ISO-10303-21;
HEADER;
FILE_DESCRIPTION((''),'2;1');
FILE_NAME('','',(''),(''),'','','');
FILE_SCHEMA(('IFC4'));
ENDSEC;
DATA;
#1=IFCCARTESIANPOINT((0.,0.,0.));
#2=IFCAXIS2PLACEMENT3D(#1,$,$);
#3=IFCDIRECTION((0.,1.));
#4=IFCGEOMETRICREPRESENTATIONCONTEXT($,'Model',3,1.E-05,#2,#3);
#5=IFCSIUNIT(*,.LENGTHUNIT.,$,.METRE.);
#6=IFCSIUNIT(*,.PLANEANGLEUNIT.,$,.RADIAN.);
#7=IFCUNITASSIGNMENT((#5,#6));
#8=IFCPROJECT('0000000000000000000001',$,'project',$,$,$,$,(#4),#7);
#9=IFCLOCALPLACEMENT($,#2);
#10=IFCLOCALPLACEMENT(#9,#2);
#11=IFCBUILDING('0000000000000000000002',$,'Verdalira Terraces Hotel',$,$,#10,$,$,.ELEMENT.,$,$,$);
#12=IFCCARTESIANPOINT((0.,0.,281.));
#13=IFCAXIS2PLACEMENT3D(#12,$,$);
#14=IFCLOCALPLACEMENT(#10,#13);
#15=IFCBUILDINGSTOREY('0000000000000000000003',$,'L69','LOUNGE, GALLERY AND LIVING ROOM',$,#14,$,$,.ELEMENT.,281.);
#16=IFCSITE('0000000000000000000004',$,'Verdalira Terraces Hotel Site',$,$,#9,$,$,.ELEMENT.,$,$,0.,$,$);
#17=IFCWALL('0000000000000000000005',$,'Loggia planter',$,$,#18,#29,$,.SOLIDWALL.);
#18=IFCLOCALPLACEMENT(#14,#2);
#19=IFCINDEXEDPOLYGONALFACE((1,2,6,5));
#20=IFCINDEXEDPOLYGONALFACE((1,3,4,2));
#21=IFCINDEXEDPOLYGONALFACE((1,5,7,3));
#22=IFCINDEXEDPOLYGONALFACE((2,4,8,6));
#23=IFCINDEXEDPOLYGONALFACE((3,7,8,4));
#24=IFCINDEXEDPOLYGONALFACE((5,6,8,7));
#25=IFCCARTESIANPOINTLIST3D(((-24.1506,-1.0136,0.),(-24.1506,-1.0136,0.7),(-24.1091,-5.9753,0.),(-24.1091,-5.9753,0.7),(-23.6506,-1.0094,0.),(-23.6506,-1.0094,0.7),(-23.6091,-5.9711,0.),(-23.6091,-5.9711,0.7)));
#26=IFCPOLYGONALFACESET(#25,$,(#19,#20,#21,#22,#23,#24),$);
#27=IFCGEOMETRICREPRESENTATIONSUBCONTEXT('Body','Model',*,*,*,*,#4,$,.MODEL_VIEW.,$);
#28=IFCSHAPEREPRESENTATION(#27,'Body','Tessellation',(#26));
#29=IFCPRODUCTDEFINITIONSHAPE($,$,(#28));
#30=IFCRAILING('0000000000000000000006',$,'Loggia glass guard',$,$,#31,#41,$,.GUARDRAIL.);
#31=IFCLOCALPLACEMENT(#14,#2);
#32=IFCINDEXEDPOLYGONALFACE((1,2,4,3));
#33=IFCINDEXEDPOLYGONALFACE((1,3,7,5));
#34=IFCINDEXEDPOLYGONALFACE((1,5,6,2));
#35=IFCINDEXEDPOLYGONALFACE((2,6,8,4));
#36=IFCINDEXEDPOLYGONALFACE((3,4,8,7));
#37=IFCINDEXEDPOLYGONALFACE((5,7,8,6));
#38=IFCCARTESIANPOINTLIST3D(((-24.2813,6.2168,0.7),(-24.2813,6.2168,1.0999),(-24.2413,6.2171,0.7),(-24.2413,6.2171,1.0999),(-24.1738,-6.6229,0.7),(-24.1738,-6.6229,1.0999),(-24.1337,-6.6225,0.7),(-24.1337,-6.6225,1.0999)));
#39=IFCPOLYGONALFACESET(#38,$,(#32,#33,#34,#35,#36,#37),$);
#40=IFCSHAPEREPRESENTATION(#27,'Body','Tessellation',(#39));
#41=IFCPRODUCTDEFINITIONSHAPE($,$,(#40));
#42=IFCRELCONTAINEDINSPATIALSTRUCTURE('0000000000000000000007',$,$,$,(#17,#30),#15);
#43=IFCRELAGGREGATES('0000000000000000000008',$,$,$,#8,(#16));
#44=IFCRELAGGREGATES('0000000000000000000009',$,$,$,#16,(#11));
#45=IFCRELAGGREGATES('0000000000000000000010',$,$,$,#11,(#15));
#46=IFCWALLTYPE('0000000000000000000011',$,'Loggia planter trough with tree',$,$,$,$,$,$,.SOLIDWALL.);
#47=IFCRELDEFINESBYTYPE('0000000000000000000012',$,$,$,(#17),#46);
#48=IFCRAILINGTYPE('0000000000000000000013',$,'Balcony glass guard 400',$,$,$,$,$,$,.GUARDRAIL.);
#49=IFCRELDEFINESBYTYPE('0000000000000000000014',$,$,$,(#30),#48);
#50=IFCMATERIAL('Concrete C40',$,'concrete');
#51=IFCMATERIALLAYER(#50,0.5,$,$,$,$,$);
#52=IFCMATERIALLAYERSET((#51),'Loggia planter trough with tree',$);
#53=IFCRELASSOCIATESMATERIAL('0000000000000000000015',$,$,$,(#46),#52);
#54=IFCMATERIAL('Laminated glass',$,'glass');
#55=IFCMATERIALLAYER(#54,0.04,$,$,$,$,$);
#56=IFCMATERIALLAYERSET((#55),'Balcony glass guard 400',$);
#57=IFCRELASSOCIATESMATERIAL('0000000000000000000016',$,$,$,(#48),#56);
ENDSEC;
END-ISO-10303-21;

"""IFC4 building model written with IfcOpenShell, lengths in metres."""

from ifc_helpers import new_model, si_unit, direction, frame, frame_2d, origin, origin_2d, place, context, subcontext, project, spatial, rectangle, extrude, material, layer, layer_set, type_object, element, save


model = new_model("IFC4")

# Units and contexts
model_context = context("Model", 3, precision=1e-05, world=origin(), true_north=direction((0.0, 1.0)))
body_context = subcontext(model_context, "Body", "Model", "MODEL_VIEW")
ifc_project = project(units=[si_unit("LENGTHUNIT", "METRE"), si_unit("PLANEANGLEUNIT", "RADIAN")], contexts=[model_context])

# Site, building, storey
site_placement = place(None, origin())
site = spatial("IfcSite", under=ifc_project, at=site_placement, Name="Verdalira Terraces Hotel Site", CompositionType="ELEMENT", RefElevation=0.0)
building_placement = place(site_placement, origin())
building = spatial("IfcBuilding", under=site, at=building_placement, Name="Verdalira Terraces Hotel", CompositionType="ELEMENT")
storey_placement = place(building_placement, frame((0.0, 0.0, 281.0)))
storey = spatial("IfcBuildingStorey", under=building, at=storey_placement, Name="L69", Description="LOUNGE, GALLERY AND LIVING ROOM", CompositionType="ELEMENT", Elevation=281.0)

# Wall
ifc_material_1 = material(Name="Concrete C40", Category="concrete")
ifc_layer_1 = layer(ifc_material_1, 0.5)
ifc_layer_set_1 = layer_set([ifc_layer_1], Name="Loggia planter trough with tree")
wall_type_1 = type_object("IfcWallType", Name="Loggia planter trough with tree", PredefinedType="SOLIDWALL", material=ifc_layer_set_1)
wall_1_placement = place(storey_placement, frame((-23.9006, -1.0115, 0.0), z_axis=(0.0, 0.0, 1.0), x_axis=(0.008365, -0.999965, 0.0)))
element("IfcWall", 1, at=wall_1_placement, inside=storey, type_object=wall_type_1, Name="Loggia planter", PredefinedType="SOLIDWALL", context=body_context, shape_type="SweptSolid", body=[
    extrude(rectangle(XDim=4.9619, YDim=0.5, at=frame_2d((2.481, 0.0))), origin(), (0.0, 0.0, 1.0), 0.7),
])

# Railing
ifc_material_2 = material(Name="Laminated glass", Category="glass")
ifc_layer_2 = layer(ifc_material_2, 0.04)
ifc_layer_set_2 = layer_set([ifc_layer_2], Name="Balcony glass guard 400")
railing_type = type_object("IfcRailingType", Name="Balcony glass guard 400", PredefinedType="GUARDRAIL", material=ifc_layer_set_2)
railing_placement = place(storey_placement, frame((-24.2075, -0.2029, 0.7), z_axis=(0.0, 0.0, 1.0), x_axis=(0.008377, -0.999965, 0.0)))
element("IfcRailing", 2, at=railing_placement, inside=storey, type_object=railing_type, Name="Loggia glass guard", PredefinedType="GUARDRAIL", context=body_context, shape_type="SweptSolid", body=[
    extrude(rectangle(XDim=12.8401, YDim=0.04, at=origin_2d()), origin(), (0.0, 0.0, 1.0), 0.3999),
])

save(model, "model.ifc")
